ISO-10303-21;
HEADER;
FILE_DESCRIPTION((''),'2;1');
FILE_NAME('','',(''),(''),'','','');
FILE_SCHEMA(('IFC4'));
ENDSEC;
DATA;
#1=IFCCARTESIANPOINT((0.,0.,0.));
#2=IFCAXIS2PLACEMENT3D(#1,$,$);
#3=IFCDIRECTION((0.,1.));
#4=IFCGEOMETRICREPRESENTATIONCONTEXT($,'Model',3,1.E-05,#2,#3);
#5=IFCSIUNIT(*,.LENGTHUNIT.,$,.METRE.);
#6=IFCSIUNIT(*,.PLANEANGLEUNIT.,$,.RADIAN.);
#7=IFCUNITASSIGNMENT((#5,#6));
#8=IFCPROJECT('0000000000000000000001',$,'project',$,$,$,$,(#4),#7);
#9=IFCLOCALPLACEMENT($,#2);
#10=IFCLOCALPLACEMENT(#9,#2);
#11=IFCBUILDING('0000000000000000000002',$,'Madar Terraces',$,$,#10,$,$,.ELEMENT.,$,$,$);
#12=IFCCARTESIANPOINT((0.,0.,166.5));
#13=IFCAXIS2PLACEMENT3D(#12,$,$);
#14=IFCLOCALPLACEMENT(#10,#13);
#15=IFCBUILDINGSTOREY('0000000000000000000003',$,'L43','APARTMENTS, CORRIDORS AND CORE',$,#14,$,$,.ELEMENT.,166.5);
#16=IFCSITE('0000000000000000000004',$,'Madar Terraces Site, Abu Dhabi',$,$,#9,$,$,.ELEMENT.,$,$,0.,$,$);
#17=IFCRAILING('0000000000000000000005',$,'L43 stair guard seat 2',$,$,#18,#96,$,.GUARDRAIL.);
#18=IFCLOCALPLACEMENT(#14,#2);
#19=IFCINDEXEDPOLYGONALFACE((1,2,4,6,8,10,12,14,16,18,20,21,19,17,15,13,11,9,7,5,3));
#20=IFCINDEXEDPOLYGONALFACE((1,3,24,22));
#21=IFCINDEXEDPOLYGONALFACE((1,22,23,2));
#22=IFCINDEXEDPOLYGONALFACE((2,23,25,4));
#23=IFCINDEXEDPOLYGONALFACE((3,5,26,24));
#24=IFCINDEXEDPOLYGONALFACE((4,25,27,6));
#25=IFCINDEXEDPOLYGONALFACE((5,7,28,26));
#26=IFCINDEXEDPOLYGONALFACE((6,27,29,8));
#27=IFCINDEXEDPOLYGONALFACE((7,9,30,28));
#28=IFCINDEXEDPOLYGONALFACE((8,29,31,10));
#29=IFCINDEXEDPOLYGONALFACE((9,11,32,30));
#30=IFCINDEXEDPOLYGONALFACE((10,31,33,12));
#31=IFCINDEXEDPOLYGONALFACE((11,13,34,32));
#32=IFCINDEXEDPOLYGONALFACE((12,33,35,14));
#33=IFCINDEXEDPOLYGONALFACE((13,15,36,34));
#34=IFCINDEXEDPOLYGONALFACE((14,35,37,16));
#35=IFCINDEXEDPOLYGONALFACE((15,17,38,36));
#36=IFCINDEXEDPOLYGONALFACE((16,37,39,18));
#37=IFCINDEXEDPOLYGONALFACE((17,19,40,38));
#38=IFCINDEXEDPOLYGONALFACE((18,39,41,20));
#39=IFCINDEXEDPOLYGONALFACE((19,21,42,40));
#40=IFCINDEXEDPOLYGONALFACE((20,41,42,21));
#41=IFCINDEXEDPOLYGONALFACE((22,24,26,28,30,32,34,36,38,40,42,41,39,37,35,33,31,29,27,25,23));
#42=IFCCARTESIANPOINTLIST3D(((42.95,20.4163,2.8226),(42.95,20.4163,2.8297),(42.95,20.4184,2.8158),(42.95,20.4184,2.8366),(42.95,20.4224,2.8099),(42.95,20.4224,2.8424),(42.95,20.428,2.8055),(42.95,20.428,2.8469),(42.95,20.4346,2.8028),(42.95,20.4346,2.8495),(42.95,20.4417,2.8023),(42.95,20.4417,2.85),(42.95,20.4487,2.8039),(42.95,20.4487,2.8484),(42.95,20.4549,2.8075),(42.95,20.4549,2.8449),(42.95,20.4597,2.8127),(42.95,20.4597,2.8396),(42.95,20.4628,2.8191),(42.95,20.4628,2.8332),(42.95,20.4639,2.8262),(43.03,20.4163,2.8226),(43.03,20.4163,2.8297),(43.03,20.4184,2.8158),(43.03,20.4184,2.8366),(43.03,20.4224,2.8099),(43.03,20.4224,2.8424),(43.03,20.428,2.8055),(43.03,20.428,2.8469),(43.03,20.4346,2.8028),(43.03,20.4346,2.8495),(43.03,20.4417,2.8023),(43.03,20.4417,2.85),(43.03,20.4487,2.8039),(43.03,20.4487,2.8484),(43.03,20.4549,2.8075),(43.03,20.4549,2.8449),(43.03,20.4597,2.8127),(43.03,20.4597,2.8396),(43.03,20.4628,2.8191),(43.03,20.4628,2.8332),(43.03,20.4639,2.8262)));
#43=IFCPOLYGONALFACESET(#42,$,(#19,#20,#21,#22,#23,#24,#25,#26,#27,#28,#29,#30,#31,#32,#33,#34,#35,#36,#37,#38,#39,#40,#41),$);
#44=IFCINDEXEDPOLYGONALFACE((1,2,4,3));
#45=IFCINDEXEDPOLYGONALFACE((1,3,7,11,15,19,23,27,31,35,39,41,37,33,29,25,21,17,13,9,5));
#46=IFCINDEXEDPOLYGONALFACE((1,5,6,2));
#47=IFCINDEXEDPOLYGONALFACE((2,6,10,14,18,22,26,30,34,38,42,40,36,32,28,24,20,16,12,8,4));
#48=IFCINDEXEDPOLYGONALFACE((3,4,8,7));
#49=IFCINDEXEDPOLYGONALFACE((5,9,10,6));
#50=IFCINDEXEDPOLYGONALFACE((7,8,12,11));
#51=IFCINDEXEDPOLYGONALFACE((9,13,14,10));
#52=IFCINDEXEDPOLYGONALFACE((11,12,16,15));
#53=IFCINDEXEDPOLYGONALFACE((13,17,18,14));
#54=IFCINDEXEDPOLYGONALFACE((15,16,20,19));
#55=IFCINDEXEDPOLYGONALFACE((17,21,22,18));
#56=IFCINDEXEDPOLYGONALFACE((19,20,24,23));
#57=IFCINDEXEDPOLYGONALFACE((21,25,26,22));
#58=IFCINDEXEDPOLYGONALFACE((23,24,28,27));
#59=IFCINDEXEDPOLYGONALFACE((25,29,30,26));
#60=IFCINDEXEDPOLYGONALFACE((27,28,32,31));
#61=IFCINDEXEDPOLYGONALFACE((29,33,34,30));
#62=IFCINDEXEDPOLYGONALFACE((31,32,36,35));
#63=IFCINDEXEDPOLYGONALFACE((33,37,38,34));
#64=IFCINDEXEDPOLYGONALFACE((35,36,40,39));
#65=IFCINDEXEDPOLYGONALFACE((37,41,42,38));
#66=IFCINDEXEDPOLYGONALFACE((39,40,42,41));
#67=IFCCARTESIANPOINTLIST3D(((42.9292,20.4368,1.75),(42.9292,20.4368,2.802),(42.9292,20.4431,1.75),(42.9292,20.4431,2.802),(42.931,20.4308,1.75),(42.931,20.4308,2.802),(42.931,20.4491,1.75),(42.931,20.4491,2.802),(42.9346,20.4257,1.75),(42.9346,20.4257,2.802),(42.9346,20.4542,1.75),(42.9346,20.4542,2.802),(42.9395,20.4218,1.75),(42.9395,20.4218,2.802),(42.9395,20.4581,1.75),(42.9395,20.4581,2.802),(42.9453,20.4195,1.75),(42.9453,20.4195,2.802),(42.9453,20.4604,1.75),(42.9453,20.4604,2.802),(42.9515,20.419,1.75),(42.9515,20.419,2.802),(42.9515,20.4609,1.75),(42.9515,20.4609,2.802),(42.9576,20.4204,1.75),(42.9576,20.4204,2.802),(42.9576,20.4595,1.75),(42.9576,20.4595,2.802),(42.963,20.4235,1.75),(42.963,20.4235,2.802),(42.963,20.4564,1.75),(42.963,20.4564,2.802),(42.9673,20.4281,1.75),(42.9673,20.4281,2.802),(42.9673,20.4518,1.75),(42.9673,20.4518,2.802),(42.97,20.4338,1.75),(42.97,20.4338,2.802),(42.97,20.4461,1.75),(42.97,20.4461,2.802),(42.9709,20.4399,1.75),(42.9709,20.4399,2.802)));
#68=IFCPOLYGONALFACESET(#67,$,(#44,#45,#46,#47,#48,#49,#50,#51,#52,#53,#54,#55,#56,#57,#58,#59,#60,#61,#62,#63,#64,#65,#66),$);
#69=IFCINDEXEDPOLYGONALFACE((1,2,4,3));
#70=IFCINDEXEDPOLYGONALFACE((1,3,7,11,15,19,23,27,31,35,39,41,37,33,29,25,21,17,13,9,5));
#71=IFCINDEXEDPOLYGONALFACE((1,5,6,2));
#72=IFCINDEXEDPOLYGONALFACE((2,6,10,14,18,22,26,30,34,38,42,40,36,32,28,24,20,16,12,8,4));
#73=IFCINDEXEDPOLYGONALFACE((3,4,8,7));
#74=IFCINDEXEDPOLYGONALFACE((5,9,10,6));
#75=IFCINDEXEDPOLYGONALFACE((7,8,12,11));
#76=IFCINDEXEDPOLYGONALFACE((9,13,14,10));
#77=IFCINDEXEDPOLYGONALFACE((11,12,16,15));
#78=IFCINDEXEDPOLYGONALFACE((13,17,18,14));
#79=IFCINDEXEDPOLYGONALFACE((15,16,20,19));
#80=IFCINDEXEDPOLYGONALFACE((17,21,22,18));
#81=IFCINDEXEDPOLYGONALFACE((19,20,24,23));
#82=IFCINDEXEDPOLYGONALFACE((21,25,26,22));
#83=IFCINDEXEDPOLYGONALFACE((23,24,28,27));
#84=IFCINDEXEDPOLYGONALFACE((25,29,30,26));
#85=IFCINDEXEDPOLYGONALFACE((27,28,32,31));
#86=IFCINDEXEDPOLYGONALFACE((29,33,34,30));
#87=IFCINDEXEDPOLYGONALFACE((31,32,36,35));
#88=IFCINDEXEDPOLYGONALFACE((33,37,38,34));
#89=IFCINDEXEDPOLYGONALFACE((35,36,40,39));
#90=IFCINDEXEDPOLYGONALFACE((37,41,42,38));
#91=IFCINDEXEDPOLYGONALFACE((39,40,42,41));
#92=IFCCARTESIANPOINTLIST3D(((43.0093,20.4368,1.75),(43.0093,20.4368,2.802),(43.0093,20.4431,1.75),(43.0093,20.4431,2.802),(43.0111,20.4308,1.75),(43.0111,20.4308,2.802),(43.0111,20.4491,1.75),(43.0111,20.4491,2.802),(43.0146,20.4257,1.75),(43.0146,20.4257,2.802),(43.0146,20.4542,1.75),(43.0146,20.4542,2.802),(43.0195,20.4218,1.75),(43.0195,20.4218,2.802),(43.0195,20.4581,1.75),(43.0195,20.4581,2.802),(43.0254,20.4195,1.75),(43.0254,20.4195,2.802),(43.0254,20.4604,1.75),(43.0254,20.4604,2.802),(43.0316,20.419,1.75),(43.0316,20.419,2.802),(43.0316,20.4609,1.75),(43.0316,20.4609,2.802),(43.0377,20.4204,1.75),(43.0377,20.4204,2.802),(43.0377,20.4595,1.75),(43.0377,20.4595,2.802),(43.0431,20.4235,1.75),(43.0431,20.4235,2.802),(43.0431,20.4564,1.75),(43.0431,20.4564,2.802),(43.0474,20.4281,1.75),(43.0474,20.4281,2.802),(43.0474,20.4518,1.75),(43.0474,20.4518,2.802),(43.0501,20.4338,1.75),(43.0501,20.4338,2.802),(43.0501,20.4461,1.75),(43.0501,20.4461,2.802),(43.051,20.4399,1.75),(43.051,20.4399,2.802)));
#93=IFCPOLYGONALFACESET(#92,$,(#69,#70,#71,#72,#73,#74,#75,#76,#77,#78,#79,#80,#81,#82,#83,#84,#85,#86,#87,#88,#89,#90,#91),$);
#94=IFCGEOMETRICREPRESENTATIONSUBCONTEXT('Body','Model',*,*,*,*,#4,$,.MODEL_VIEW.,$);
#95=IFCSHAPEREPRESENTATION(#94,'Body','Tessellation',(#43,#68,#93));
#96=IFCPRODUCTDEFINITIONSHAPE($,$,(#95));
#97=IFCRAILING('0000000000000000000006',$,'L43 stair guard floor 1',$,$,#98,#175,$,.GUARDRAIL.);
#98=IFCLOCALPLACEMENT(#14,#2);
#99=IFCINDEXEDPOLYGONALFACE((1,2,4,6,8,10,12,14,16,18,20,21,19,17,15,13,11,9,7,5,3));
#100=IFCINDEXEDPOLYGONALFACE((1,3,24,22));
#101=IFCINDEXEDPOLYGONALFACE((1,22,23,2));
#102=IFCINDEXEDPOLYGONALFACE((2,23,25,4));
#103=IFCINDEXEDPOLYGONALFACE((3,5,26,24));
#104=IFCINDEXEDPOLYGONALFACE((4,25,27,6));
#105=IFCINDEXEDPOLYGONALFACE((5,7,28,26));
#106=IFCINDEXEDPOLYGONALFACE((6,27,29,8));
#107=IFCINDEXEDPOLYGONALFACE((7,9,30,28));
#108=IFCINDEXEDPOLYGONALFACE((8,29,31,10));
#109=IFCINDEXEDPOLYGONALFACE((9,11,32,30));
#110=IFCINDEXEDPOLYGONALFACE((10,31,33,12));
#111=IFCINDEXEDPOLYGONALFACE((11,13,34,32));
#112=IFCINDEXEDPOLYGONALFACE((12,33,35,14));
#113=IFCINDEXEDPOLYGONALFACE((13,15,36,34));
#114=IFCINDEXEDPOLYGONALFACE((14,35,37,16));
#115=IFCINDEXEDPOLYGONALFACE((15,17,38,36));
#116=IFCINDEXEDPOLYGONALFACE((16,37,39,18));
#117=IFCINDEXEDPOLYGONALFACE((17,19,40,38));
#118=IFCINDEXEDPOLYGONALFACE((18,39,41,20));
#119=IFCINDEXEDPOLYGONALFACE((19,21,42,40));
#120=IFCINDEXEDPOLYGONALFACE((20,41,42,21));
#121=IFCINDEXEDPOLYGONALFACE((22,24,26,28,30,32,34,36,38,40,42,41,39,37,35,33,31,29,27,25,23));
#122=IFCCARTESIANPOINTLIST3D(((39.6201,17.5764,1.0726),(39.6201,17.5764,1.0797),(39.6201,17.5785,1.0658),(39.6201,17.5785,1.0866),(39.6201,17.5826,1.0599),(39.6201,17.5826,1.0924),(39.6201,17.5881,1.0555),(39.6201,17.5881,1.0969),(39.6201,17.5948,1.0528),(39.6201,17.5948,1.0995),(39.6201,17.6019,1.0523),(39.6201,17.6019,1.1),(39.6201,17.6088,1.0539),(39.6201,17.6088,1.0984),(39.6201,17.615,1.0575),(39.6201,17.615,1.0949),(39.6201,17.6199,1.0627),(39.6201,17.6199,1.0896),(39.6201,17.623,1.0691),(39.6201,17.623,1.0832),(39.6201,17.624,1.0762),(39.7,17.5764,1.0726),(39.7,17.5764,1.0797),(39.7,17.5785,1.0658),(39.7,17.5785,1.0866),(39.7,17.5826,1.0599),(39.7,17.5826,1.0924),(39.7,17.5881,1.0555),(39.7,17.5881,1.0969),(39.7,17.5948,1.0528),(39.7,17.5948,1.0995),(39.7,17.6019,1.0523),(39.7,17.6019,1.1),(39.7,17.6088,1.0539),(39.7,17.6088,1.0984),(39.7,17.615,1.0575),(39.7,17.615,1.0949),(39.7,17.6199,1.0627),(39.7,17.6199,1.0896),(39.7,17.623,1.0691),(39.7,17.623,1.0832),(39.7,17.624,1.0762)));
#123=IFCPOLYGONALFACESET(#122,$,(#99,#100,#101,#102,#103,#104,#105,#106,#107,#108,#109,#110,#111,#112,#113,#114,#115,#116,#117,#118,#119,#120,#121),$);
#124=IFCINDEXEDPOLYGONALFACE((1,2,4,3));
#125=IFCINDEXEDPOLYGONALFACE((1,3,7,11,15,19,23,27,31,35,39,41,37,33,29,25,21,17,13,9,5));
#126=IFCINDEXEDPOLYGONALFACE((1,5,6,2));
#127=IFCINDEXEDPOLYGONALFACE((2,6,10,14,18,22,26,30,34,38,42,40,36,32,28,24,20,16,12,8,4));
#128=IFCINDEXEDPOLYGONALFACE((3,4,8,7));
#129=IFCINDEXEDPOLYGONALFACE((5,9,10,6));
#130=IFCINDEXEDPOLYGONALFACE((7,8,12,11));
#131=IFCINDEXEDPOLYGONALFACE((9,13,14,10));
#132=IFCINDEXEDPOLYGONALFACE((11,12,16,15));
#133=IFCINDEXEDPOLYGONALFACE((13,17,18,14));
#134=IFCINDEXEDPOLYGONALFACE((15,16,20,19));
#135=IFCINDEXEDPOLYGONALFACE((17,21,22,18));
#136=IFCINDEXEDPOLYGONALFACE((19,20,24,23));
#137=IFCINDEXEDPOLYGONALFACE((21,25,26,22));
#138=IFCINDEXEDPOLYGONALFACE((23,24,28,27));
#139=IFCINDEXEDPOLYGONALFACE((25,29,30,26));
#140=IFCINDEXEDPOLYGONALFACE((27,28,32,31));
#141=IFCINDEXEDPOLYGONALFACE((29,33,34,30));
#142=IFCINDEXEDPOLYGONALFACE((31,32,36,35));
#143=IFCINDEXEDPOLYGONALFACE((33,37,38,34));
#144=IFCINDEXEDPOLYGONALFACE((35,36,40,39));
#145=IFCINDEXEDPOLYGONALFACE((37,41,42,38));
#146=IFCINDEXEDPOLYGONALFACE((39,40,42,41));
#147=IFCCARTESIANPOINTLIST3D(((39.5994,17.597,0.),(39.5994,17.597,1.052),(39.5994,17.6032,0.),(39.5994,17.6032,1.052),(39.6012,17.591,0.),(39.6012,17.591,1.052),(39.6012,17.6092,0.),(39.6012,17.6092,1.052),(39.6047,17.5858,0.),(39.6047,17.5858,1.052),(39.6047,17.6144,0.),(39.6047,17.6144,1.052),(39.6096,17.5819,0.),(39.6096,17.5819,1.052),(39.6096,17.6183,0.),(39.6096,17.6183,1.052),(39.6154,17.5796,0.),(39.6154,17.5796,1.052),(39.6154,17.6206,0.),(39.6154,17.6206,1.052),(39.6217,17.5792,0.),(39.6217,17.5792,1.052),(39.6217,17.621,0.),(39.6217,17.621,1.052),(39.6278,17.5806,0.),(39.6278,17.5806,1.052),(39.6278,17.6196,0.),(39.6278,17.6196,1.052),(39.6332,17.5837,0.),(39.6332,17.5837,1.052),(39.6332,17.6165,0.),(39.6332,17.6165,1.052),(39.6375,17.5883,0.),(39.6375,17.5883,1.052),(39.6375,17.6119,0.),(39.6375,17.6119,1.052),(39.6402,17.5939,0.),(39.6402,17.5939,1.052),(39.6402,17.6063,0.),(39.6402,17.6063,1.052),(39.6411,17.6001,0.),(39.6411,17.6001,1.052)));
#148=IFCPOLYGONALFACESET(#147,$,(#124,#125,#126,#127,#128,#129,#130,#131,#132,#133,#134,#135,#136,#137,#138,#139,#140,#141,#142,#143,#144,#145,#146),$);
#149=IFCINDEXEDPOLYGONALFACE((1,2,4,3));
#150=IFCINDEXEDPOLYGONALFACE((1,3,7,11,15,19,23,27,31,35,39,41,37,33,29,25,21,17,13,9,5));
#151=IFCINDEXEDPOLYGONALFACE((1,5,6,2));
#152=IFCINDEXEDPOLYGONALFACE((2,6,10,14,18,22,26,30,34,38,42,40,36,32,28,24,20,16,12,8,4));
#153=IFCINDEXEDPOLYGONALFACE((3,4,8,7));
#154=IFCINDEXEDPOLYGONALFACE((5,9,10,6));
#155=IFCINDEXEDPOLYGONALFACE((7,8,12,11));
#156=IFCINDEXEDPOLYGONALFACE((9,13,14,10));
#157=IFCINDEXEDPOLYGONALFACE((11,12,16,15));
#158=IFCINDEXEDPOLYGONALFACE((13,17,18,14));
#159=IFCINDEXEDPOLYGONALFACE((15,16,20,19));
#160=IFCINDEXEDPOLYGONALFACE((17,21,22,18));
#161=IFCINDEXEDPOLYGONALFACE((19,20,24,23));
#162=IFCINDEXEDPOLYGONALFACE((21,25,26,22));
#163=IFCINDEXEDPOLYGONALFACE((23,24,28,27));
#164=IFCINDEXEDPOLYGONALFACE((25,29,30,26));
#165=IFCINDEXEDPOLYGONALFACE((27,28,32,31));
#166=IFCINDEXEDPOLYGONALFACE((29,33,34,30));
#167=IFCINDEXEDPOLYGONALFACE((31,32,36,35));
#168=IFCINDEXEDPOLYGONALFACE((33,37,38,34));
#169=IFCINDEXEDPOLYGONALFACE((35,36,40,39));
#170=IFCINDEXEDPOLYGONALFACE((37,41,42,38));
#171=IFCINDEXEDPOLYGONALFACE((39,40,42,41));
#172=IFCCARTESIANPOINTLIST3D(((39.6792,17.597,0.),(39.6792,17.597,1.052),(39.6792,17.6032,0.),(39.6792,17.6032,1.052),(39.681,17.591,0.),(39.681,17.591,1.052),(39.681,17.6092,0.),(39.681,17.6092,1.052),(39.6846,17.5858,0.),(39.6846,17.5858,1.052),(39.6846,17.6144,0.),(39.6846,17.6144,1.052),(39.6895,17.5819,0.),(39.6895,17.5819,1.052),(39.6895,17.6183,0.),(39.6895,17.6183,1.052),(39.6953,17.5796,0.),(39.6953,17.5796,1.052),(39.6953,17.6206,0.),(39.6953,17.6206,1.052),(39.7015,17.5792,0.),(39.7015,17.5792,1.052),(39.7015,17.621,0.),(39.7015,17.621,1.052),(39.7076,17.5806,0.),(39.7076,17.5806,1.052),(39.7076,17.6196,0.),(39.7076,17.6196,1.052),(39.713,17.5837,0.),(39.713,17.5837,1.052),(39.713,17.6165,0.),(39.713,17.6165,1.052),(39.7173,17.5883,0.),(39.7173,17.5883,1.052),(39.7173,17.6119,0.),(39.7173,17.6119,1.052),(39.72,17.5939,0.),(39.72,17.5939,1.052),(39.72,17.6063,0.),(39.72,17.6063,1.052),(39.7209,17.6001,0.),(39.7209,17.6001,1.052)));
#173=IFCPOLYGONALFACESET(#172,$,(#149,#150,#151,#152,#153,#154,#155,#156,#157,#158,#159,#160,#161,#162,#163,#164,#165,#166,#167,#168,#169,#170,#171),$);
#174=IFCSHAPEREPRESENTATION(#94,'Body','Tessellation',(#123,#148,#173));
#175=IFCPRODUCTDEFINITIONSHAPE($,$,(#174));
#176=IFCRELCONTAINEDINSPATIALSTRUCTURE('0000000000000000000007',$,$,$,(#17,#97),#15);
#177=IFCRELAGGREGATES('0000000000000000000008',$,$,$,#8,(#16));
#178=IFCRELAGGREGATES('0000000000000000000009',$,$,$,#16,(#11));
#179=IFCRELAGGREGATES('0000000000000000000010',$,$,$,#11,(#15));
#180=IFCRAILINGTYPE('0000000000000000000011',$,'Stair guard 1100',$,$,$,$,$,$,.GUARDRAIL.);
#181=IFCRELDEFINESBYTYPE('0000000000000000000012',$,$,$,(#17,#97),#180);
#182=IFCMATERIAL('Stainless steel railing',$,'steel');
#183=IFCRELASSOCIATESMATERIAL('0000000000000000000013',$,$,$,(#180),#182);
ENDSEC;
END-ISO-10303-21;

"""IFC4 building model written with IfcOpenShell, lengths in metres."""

from ifc_helpers import new_model, si_unit, direction, frame, origin, origin_2d, place, context, subcontext, project, spatial, circle, extrude, material, type_object, element, save


model = new_model("IFC4")

# Units and contexts
model_context = context("Model", 3, precision=1e-05, world=origin(), true_north=direction((0.0, 1.0)))
body_context = subcontext(model_context, "Body", "Model", "MODEL_VIEW")
ifc_project = project(units=[si_unit("LENGTHUNIT", "METRE"), si_unit("PLANEANGLEUNIT", "RADIAN")], contexts=[model_context])

# Site, building, storey
site_placement = place(None, origin())
site = spatial("IfcSite", under=ifc_project, at=site_placement, Name="Madar Terraces Site, Abu Dhabi", CompositionType="ELEMENT", RefElevation=0.0)
building_placement = place(site_placement, origin())
building = spatial("IfcBuilding", under=site, at=building_placement, Name="Madar Terraces", CompositionType="ELEMENT")
storey_placement = place(building_placement, frame((0.0, 0.0, 166.5)))
storey = spatial("IfcBuildingStorey", under=building, at=storey_placement, Name="L43", Description="APARTMENTS, CORRIDORS AND CORE", CompositionType="ELEMENT", Elevation=166.5)

# Railings
ifc_material_1 = material(Name="Stainless steel railing", Category="steel")
railing_type_1 = type_object("IfcRailingType", Name="Stair guard 1100", PredefinedType="GUARDRAIL", material=ifc_material_1)
railing_1_placement = place(storey_placement, frame((42.95, 20.4399, 1.75)))
element("IfcRailing", 1, at=railing_1_placement, inside=storey, type_object=railing_type_1, Name="L43 stair guard seat 2", PredefinedType="GUARDRAIL", context=body_context, shape_type="SweptSolid", body=[
    extrude(circle(Radius=0.0239, at=origin_2d()), frame((0.0, 0.0, 1.0762), z_axis=(1.0, 0.0, 0.0), x_axis=(0.0, 1.0, 0.0)), (0.0, 0.0, 1.0), 0.0801),
    extrude(circle(Radius=0.021, at=origin_2d()), origin(), (0.0, 0.0, 1.0), 1.052),
    extrude(circle(Radius=0.021, at=origin_2d()), frame((0.0801, 0.0, 0.0)), (0.0, 0.0, 1.0), 1.052),
])
railing_2_placement = place(storey_placement, frame((39.6201, 17.6001, 0.0)))
element("IfcRailing", 2, at=railing_2_placement, inside=storey, type_object=railing_type_1, Name="L43 stair guard floor 1", PredefinedType="GUARDRAIL", context=body_context, shape_type="SweptSolid", body=[
    extrude(circle(Radius=0.0239, at=origin_2d()), frame((0.0, 0.0, 1.0762), z_axis=(1.0, 0.0, 0.0), x_axis=(0.0, 1.0, 0.0)), (0.0, 0.0, 1.0), 0.0798),
    extrude(circle(Radius=0.021, at=origin_2d()), origin(), (0.0, 0.0, 1.0), 1.052),
    extrude(circle(Radius=0.021, at=origin_2d()), frame((0.0798, 0.0, 0.0)), (0.0, 0.0, 1.0), 1.052),
])

save(model, "model.ifc")
